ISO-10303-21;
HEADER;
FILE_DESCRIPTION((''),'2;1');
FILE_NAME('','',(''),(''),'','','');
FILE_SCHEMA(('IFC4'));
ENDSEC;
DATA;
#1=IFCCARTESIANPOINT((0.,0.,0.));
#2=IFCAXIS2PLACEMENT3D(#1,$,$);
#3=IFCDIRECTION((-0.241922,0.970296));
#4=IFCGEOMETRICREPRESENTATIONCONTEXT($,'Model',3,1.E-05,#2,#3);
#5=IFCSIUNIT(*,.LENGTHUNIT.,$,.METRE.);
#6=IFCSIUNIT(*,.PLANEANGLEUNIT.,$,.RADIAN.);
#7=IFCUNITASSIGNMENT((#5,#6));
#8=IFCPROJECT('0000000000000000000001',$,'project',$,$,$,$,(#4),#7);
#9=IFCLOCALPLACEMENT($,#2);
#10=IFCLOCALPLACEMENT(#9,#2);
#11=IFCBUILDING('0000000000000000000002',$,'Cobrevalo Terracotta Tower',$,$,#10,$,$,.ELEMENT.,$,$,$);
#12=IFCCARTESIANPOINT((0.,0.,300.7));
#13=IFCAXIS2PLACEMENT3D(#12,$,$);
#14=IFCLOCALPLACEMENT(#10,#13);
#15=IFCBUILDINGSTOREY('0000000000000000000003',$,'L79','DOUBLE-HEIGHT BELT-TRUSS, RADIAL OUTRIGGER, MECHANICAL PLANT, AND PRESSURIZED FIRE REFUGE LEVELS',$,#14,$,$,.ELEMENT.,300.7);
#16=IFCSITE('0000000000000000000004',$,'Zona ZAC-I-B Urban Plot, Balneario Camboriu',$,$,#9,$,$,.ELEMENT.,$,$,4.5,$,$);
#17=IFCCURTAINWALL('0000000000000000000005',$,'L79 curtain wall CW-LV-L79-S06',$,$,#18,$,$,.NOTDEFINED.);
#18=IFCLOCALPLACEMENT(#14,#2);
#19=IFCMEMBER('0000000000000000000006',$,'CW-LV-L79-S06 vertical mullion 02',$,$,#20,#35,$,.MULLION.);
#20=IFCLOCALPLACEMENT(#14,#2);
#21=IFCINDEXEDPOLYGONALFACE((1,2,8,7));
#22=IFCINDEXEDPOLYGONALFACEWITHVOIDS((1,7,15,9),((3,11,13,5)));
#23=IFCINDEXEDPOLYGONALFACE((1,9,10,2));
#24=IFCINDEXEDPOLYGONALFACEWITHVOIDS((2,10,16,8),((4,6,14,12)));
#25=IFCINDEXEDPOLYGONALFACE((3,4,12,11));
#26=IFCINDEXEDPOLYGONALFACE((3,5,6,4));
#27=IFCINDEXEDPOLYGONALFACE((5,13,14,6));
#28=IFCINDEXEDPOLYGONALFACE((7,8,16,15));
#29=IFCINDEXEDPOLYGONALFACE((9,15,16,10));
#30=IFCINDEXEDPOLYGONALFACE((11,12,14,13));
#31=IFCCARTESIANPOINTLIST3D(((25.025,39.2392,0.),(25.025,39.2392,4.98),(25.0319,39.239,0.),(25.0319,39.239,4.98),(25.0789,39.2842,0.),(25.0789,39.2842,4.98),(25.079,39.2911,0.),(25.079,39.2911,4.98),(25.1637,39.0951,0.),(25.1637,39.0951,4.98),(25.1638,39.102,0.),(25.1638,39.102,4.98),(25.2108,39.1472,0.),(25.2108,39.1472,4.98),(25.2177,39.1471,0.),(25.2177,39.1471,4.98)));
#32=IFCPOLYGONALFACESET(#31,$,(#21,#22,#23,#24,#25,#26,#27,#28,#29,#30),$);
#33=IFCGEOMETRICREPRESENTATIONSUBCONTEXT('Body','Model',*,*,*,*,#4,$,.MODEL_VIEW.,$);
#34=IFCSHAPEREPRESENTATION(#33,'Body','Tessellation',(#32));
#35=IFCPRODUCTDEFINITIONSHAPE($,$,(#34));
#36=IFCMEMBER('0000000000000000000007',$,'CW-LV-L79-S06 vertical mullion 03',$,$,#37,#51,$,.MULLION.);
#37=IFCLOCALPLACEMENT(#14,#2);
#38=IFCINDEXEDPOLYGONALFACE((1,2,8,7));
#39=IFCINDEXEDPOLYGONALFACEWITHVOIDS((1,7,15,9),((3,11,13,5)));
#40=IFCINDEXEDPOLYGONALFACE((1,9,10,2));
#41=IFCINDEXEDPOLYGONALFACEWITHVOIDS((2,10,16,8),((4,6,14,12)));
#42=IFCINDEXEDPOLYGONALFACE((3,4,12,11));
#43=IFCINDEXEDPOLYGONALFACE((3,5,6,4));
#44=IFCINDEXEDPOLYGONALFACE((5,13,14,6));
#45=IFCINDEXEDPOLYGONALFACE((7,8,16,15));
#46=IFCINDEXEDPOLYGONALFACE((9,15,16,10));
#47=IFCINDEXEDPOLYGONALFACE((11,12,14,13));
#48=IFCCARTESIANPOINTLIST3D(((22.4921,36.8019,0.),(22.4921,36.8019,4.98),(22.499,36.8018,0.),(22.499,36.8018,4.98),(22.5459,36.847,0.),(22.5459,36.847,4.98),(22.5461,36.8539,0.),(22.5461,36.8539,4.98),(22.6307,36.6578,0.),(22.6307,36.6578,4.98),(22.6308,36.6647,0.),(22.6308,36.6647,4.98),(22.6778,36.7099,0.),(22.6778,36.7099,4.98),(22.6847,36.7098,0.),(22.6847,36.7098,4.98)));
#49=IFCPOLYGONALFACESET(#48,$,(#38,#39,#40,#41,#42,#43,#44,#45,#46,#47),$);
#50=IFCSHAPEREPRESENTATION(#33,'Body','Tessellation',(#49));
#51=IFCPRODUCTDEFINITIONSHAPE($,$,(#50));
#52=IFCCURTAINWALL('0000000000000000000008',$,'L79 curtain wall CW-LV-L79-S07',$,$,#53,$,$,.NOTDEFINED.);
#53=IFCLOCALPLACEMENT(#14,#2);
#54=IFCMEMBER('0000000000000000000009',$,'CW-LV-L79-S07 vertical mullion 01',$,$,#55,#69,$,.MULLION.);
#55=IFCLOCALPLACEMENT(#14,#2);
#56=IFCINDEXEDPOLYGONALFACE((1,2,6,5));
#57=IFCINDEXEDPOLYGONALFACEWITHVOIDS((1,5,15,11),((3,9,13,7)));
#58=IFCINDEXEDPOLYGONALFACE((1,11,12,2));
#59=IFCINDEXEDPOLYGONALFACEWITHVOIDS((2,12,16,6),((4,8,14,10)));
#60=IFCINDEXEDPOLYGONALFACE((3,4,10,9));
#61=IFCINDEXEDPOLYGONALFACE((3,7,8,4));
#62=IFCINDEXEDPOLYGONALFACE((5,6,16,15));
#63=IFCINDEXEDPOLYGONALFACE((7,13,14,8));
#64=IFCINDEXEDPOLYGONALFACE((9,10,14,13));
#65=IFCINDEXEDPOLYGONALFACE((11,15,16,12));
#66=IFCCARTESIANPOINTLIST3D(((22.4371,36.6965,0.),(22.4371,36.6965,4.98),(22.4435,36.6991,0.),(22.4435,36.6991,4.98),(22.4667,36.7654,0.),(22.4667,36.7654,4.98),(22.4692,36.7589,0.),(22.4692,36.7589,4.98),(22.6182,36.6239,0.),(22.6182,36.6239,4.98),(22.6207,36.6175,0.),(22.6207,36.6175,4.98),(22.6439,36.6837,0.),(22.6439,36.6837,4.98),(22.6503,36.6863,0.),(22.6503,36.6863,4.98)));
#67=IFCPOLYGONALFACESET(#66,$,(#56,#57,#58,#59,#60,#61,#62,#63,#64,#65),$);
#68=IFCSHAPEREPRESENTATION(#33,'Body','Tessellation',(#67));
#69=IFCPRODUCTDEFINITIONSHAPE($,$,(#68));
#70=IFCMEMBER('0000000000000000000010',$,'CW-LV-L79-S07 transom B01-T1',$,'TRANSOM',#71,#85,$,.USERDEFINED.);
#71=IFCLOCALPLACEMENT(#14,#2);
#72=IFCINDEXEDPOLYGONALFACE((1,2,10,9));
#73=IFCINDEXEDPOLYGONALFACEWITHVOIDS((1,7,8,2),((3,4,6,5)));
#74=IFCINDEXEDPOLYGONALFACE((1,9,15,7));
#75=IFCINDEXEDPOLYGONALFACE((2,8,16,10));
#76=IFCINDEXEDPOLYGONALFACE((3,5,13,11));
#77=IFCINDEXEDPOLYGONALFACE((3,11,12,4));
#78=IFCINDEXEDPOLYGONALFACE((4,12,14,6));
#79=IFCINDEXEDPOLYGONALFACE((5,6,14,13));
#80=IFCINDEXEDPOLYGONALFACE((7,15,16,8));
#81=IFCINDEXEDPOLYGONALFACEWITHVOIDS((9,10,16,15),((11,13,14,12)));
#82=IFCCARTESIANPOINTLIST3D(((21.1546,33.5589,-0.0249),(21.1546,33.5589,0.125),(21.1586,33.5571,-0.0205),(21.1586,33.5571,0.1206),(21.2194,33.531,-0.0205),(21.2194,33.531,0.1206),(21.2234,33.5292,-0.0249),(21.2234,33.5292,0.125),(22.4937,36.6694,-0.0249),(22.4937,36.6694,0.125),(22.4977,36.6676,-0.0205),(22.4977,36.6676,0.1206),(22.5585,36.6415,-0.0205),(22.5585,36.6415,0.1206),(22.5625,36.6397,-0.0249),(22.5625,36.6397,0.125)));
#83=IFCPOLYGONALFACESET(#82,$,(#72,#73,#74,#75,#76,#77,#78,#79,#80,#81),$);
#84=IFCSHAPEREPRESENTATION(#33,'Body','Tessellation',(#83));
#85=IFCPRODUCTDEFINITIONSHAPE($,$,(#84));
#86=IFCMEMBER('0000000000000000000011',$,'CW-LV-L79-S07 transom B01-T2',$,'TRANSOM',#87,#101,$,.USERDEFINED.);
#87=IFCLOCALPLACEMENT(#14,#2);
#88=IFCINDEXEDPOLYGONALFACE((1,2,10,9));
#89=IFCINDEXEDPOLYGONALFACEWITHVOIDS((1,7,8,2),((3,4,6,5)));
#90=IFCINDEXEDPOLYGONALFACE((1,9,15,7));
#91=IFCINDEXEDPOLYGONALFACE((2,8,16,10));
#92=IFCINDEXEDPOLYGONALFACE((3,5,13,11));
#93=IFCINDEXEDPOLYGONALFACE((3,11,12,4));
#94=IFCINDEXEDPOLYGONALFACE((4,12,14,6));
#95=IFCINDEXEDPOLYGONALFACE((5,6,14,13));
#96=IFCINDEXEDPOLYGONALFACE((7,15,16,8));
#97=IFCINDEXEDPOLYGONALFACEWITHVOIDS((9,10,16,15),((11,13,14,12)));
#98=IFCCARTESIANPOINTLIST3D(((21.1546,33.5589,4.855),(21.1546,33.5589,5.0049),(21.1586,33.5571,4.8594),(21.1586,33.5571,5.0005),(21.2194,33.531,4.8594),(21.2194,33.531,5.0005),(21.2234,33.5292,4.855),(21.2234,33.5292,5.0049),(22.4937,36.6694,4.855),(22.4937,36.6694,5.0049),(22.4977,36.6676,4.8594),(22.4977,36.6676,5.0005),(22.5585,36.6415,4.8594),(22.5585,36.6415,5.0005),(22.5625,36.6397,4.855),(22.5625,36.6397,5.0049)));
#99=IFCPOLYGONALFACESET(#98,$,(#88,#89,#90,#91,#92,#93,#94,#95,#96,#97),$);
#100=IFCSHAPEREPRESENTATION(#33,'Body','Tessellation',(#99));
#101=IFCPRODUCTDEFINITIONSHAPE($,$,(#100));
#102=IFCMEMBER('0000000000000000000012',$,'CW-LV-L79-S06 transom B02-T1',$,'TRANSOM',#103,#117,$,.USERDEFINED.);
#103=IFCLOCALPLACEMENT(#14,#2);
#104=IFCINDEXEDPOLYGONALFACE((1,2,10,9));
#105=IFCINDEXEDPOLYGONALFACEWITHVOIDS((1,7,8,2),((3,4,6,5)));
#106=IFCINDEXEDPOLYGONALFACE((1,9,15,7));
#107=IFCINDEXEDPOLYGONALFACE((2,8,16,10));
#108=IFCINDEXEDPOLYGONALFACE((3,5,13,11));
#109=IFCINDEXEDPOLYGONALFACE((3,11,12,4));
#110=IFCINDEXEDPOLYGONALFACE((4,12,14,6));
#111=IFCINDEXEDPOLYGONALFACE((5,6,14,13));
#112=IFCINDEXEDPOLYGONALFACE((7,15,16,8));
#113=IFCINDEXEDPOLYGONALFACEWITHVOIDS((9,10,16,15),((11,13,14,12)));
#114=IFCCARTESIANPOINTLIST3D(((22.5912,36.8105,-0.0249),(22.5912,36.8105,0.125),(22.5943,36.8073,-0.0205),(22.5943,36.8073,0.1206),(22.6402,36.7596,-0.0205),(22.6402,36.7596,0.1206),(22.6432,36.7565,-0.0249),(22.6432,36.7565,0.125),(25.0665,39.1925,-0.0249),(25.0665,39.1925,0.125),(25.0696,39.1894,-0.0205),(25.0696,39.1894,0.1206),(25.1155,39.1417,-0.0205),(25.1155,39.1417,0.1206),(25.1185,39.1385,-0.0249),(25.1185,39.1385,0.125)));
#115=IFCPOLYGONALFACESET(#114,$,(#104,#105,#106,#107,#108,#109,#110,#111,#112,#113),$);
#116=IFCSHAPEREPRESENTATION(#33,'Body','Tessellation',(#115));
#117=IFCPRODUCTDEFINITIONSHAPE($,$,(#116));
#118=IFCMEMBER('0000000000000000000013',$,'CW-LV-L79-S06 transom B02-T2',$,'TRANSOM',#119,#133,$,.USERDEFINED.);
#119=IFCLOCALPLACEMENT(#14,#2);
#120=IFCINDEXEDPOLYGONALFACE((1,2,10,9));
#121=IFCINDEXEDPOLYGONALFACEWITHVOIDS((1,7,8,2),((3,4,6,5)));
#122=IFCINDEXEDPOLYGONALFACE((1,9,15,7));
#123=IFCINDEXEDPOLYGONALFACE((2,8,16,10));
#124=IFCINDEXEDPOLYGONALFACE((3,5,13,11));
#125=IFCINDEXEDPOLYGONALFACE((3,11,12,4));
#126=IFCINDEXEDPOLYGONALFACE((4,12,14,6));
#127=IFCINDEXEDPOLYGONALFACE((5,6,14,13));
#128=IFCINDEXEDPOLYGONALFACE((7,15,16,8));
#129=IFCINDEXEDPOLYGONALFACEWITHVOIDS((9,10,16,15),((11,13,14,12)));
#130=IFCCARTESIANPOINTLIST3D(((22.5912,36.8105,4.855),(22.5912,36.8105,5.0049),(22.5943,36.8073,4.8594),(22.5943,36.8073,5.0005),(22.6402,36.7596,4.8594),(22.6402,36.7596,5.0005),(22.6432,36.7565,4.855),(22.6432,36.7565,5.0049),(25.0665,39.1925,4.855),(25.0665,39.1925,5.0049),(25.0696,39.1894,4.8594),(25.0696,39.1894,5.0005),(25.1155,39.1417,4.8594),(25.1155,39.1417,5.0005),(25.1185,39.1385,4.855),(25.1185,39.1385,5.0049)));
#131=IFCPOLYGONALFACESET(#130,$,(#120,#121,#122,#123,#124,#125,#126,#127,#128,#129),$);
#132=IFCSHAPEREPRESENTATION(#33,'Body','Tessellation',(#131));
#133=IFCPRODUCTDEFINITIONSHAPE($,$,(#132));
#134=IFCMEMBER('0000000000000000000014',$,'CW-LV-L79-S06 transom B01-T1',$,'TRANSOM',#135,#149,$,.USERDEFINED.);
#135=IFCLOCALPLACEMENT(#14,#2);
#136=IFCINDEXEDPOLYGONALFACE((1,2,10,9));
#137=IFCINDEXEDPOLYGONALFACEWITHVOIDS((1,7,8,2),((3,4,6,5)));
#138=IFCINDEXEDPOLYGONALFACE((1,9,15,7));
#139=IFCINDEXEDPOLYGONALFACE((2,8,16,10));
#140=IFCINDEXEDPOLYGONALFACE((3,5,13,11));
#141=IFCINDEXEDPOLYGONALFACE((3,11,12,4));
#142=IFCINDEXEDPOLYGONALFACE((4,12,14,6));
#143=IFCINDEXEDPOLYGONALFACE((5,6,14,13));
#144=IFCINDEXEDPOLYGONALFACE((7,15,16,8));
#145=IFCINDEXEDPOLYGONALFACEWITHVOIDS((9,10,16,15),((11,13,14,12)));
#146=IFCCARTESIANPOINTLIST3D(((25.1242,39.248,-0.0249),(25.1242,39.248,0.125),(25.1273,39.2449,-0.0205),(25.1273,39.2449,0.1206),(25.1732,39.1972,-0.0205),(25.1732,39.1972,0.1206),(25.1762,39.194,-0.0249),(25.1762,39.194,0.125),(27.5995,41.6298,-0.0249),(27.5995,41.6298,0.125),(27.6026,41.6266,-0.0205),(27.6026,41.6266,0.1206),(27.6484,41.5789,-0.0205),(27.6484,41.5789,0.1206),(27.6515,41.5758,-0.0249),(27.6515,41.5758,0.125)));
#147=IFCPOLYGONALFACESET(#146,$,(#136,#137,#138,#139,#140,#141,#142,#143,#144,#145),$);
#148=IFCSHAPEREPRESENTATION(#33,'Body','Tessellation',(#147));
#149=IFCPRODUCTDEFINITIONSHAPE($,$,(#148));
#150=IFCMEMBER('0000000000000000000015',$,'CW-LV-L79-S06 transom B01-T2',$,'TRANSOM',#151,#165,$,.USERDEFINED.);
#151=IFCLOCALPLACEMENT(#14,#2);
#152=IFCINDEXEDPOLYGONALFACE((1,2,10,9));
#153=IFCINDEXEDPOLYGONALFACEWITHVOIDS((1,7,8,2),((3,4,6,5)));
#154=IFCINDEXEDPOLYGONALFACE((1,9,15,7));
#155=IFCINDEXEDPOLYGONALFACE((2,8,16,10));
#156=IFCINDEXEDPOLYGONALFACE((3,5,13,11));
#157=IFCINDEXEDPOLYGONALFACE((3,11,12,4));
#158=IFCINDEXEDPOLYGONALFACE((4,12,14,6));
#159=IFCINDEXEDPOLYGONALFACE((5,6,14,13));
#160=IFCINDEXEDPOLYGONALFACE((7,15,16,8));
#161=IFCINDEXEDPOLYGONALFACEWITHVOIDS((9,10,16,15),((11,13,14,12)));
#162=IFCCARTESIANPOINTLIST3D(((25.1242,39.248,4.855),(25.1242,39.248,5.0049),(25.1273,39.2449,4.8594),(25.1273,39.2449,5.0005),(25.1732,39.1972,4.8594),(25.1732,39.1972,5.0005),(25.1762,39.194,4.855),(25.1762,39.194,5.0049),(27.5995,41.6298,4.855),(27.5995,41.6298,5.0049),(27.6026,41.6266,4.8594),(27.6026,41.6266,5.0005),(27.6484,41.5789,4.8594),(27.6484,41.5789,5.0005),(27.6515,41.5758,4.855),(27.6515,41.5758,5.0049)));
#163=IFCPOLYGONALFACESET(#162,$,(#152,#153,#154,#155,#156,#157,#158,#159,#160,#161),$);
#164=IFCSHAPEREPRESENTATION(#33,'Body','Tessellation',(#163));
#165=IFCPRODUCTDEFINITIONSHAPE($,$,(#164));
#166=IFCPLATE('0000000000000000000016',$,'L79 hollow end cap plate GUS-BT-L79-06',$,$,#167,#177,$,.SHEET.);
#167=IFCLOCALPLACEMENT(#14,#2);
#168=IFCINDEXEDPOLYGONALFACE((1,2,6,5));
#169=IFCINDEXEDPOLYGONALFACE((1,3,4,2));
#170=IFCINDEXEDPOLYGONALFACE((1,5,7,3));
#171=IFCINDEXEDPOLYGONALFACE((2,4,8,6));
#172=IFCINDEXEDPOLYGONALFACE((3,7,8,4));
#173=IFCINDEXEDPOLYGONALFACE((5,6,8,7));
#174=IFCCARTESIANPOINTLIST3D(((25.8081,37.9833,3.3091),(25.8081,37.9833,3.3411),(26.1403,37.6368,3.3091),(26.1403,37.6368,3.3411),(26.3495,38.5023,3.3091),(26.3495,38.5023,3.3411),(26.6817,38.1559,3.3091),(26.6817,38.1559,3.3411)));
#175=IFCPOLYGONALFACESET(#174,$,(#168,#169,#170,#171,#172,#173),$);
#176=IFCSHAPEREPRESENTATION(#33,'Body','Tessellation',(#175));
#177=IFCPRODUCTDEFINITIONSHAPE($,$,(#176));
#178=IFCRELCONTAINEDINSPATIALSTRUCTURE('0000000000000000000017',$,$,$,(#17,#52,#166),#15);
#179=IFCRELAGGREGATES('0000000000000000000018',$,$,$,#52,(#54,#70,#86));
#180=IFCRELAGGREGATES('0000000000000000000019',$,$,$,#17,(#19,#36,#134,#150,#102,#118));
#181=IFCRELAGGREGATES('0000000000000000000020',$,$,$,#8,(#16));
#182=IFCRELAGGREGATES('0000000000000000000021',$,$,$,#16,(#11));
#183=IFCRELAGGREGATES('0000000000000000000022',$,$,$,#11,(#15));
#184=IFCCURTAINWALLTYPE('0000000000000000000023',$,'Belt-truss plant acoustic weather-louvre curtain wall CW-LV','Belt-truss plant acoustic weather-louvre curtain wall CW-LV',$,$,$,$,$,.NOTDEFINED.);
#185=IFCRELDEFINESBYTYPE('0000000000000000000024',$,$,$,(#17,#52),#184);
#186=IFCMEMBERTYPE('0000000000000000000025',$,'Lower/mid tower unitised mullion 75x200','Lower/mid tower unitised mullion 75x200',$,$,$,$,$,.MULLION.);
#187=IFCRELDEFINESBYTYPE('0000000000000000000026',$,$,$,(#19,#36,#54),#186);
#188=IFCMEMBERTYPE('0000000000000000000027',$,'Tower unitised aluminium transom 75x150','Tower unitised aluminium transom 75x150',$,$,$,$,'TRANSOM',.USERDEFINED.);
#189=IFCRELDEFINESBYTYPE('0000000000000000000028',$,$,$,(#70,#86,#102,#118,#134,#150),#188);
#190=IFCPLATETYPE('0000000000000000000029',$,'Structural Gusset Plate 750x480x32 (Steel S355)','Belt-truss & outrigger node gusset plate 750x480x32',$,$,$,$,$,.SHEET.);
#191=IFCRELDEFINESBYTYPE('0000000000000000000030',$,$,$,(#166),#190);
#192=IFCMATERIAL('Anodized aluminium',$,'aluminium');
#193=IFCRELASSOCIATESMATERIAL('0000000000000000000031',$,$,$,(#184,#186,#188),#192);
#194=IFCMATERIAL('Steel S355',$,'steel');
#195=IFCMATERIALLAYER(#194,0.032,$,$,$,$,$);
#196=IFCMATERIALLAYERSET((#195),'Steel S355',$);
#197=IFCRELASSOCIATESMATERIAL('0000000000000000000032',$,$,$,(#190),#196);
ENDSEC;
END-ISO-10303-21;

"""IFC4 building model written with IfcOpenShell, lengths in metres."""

from ifc_helpers import new_model, si_unit, direction, frame, origin, origin_2d, place, context, subcontext, project, spatial, rectangle, hollow_rectangle, extrude, source, transform, mapped, material, layer, layer_set, material_profile, profile_set, type_object, element, aggregate, save


model = new_model("IFC4")

# Units and contexts
model_context = context("Model", 3, precision=1e-05, world=origin(), true_north=direction((-0.241922, 0.970296)))
body_context = subcontext(model_context, "Body", "Model", "MODEL_VIEW")
ifc_project = project(units=[si_unit("LENGTHUNIT", "METRE"), si_unit("PLANEANGLEUNIT", "RADIAN")], contexts=[model_context])

# Site, building, storey
site_placement = place(None, origin())
site = spatial("IfcSite", under=ifc_project, at=site_placement, Name="Zona ZAC-I-B Urban Plot, Balneario Camboriu", CompositionType="ELEMENT", RefElevation=4.5)
building_placement = place(site_placement, origin())
building = spatial("IfcBuilding", under=site, at=building_placement, Name="Cobrevalo Terracotta Tower", CompositionType="ELEMENT")
storey_placement = place(building_placement, frame((0.0, 0.0, 300.7)))
storey = spatial("IfcBuildingStorey", under=building, at=storey_placement, Name="L79", Description="DOUBLE-HEIGHT BELT-TRUSS, RADIAL OUTRIGGER, MECHANICAL PLANT, AND PRESSURIZED FIRE REFUGE LEVELS", CompositionType="ELEMENT", Elevation=300.7)

# Shared definitions
ifc_material_1 = material(Name="Steel S355", Category="steel")

# Shared definitions
ifc_material_2 = material(Name="Anodized aluminium", Category="aluminium")
curtain_wall_type = type_object("IfcCurtainWallType", Name="Belt-truss plant acoustic weather-louvre curtain wall CW-LV", Description="Belt-truss plant acoustic weather-louvre curtain wall CW-LV", PredefinedType="NOTDEFINED", material=ifc_material_2)
ifc_material_profile_1 = material_profile(ifc_material_2, hollow_rectangle(XDim=0.075, YDim=0.2, WallThickness=0.0049, at=origin_2d()), Name="CWM 75x200")
ifc_profile_set_1 = profile_set([ifc_material_profile_1], Name="Anodized aluminium")
member_type_1 = type_object("IfcMemberType", Name="Lower/mid tower unitised mullion 75x200", Description="Lower/mid tower unitised mullion 75x200", PredefinedType="MULLION", material=ifc_profile_set_1)
shared_shape_1 = source(origin(), body_context, "Body", "SweptSolid", [
    extrude(hollow_rectangle(XDim=0.075, YDim=0.2, WallThickness=0.0049, at=origin_2d()), origin(), (0.0, 0.0, 1.0), 4.98),
])

# Curtain walls, members
curtain_wall_1_placement = place(storey_placement, origin())
curtain_wall_1 = element("IfcCurtainWall", 1, at=curtain_wall_1_placement, inside=storey, type_object=curtain_wall_type, Name="L79 curtain wall CW-LV-L79-S06", PredefinedType="NOTDEFINED")
member_1_placement = place(storey_placement, frame((25.1213, 39.1931, 0.0), z_axis=(0.0, 0.0, 1.0), x_axis=(-0.720551, -0.693402, 0.0)))
member_1 = element("IfcMember", 2, at=member_1_placement, type_object=member_type_1, Name="CW-LV-L79-S06 vertical mullion 02", PredefinedType="MULLION", context=body_context, shape_type="MappedRepresentation", body=[
    mapped(shared_shape_1, transform((0.0, 0.0, 0.0), scale=1.0)),
])
member_2_placement = place(storey_placement, frame((22.5884, 36.7559, 0.0), z_axis=(0.0, 0.0, 1.0), x_axis=(-0.720551, -0.693402, 0.0)))
member_2 = element("IfcMember", 3, at=member_2_placement, type_object=member_type_1, Name="CW-LV-L79-S06 vertical mullion 03", PredefinedType="MULLION", context=body_context, shape_type="MappedRepresentation", body=[
    mapped(shared_shape_1, transform((0.0, 0.0, 0.0), scale=1.0)),
])
curtain_wall_2_placement = place(storey_placement, origin())
curtain_wall_2 = element("IfcCurtainWall", 4, at=curtain_wall_2_placement, inside=storey, type_object=curtain_wall_type, Name="L79 curtain wall CW-LV-L79-S07", PredefinedType="NOTDEFINED")
member_3_placement = place(storey_placement, frame((22.5437, 36.6914, 0.0), z_axis=(0.0, 0.0, 1.0), x_axis=(-0.395369, -0.918522, 0.0)))
member_3 = element("IfcMember", 5, at=member_3_placement, type_object=member_type_1, Name="CW-LV-L79-S07 vertical mullion 01", PredefinedType="MULLION", context=body_context, shape_type="MappedRepresentation", body=[
    mapped(shared_shape_1, transform((0.0, 0.0, 0.0), scale=1.0)),
])
ifc_material_profile_2 = material_profile(ifc_material_2, hollow_rectangle(XDim=0.075, YDim=0.1499, WallThickness=0.0044, at=origin_2d()), Name="CWT 75x150")
ifc_profile_set_2 = profile_set([ifc_material_profile_2], Name="Anodized aluminium")
member_type_2 = type_object("IfcMemberType", Name="Tower unitised aluminium transom 75x150", Description="Tower unitised aluminium transom 75x150", ElementType="TRANSOM", PredefinedType="USERDEFINED", material=ifc_profile_set_2)
shared_shape_2 = source(origin(), body_context, "Body", "SweptSolid", [
    extrude(hollow_rectangle(XDim=0.075, YDim=0.1499, WallThickness=0.0044, at=origin_2d()), origin(), (0.0, 0.0, 1.0), 3.3865),
])
member_4_placement = place(storey_placement, frame((22.5281, 36.6545, 0.05), z_axis=(-0.395415, -0.918502, 0.0), x_axis=(0.918502, -0.395415, 0.0)))
member_4 = element("IfcMember", 6, at=member_4_placement, type_object=member_type_2, Name="CW-LV-L79-S07 transom B01-T1", ObjectType="TRANSOM", PredefinedType="USERDEFINED", context=body_context, shape_type="MappedRepresentation", body=[
    mapped(shared_shape_2, transform((0.0, 0.0, 0.0), scale=1.0)),
])
member_5_placement = place(storey_placement, frame((22.5281, 36.6545, 4.9299), z_axis=(-0.395415, -0.918502, 0.0), x_axis=(0.918502, -0.395415, 0.0)))
member_5 = element("IfcMember", 7, at=member_5_placement, type_object=member_type_2, Name="CW-LV-L79-S07 transom B01-T2", ObjectType="TRANSOM", PredefinedType="USERDEFINED", context=body_context, shape_type="MappedRepresentation", body=[
    mapped(shared_shape_2, transform((0.0, 0.0, 0.0), scale=1.0)),
])
aggregate(curtain_wall_2, [member_3, member_4, member_5])

# Members
shared_shape_3 = source(origin(), body_context, "Body", "SweptSolid", [
    extrude(hollow_rectangle(XDim=0.075, YDim=0.1499, WallThickness=0.0044, at=origin_2d()), origin(), (0.0, 0.0, 1.0), 3.4353),
])
member_6_placement = place(storey_placement, frame((25.0925, 39.1655, 0.05), z_axis=(-0.72055, -0.693403, 0.0), x_axis=(0.693403, -0.72055, 0.0)))
member_6 = element("IfcMember", 8, at=member_6_placement, type_object=member_type_2, Name="CW-LV-L79-S06 transom B02-T1", ObjectType="TRANSOM", PredefinedType="USERDEFINED", context=body_context, shape_type="MappedRepresentation", body=[
    mapped(shared_shape_3, transform((0.0, 0.0, 0.0), scale=1.0)),
])
member_7_placement = place(storey_placement, frame((25.0925, 39.1655, 4.9299), z_axis=(-0.72055, -0.693403, 0.0), x_axis=(0.693403, -0.72055, 0.0)))
member_7 = element("IfcMember", 9, at=member_7_placement, type_object=member_type_2, Name="CW-LV-L79-S06 transom B02-T2", ObjectType="TRANSOM", PredefinedType="USERDEFINED", context=body_context, shape_type="MappedRepresentation", body=[
    mapped(shared_shape_3, transform((0.0, 0.0, 0.0), scale=1.0)),
])
shared_shape_4 = source(origin(), body_context, "Body", "SweptSolid", [
    extrude(hollow_rectangle(XDim=0.075, YDim=0.1499, WallThickness=0.0044, at=origin_2d()), origin(), (0.0, 0.0, 1.0), 3.4351),
])
member_8_placement = place(storey_placement, frame((27.6255, 41.6028, 0.05), z_axis=(-0.720586, -0.693366, 0.0), x_axis=(0.693366, -0.720586, 0.0)))
member_8 = element("IfcMember", 10, at=member_8_placement, type_object=member_type_2, Name="CW-LV-L79-S06 transom B01-T1", ObjectType="TRANSOM", PredefinedType="USERDEFINED", context=body_context, shape_type="MappedRepresentation", body=[
    mapped(shared_shape_4, transform((0.0, 0.0, 0.0), scale=1.0)),
])
member_9_placement = place(storey_placement, frame((27.6255, 41.6028, 4.9299), z_axis=(-0.720586, -0.693366, 0.0), x_axis=(0.693366, -0.720586, 0.0)))
member_9 = element("IfcMember", 11, at=member_9_placement, type_object=member_type_2, Name="CW-LV-L79-S06 transom B01-T2", ObjectType="TRANSOM", PredefinedType="USERDEFINED", context=body_context, shape_type="MappedRepresentation", body=[
    mapped(shared_shape_4, transform((0.0, 0.0, 0.0), scale=1.0)),
])

# Plate
ifc_layer_1 = layer(ifc_material_1, 0.032)
ifc_layer_set_1 = layer_set([ifc_layer_1], Name="Steel S355")
plate_type_1 = type_object("IfcPlateType", Name="Structural Gusset Plate 750x480x32 (Steel S355)", Description="Belt-truss & outrigger node gusset plate 750x480x32", PredefinedType="SHEET", material=ifc_layer_set_1)
shared_shape_5 = source(origin(), body_context, "Body", "SweptSolid", [
    extrude(rectangle(XDim=0.75, YDim=0.48, at=origin_2d()), origin(), (0.0, 0.0, 1.0), 0.032),
])
plate_1_placement = place(storey_placement, frame((26.2449, 38.0696, 3.3091), z_axis=(0.0, 0.0, 1.0), x_axis=(-0.721856, -0.692044, 0.0)))
element("IfcPlate", 12, at=plate_1_placement, inside=storey, type_object=plate_type_1, Name="L79 hollow end cap plate GUS-BT-L79-06", PredefinedType="SHEET", context=body_context, shape_type="MappedRepresentation", body=[
    mapped(shared_shape_5, transform((0.0, 0.0, 0.0), scale=1.0)),
])

aggregate(curtain_wall_1, [member_1, member_2, member_8, member_9, member_6, member_7])

save(model, "model.ifc")
